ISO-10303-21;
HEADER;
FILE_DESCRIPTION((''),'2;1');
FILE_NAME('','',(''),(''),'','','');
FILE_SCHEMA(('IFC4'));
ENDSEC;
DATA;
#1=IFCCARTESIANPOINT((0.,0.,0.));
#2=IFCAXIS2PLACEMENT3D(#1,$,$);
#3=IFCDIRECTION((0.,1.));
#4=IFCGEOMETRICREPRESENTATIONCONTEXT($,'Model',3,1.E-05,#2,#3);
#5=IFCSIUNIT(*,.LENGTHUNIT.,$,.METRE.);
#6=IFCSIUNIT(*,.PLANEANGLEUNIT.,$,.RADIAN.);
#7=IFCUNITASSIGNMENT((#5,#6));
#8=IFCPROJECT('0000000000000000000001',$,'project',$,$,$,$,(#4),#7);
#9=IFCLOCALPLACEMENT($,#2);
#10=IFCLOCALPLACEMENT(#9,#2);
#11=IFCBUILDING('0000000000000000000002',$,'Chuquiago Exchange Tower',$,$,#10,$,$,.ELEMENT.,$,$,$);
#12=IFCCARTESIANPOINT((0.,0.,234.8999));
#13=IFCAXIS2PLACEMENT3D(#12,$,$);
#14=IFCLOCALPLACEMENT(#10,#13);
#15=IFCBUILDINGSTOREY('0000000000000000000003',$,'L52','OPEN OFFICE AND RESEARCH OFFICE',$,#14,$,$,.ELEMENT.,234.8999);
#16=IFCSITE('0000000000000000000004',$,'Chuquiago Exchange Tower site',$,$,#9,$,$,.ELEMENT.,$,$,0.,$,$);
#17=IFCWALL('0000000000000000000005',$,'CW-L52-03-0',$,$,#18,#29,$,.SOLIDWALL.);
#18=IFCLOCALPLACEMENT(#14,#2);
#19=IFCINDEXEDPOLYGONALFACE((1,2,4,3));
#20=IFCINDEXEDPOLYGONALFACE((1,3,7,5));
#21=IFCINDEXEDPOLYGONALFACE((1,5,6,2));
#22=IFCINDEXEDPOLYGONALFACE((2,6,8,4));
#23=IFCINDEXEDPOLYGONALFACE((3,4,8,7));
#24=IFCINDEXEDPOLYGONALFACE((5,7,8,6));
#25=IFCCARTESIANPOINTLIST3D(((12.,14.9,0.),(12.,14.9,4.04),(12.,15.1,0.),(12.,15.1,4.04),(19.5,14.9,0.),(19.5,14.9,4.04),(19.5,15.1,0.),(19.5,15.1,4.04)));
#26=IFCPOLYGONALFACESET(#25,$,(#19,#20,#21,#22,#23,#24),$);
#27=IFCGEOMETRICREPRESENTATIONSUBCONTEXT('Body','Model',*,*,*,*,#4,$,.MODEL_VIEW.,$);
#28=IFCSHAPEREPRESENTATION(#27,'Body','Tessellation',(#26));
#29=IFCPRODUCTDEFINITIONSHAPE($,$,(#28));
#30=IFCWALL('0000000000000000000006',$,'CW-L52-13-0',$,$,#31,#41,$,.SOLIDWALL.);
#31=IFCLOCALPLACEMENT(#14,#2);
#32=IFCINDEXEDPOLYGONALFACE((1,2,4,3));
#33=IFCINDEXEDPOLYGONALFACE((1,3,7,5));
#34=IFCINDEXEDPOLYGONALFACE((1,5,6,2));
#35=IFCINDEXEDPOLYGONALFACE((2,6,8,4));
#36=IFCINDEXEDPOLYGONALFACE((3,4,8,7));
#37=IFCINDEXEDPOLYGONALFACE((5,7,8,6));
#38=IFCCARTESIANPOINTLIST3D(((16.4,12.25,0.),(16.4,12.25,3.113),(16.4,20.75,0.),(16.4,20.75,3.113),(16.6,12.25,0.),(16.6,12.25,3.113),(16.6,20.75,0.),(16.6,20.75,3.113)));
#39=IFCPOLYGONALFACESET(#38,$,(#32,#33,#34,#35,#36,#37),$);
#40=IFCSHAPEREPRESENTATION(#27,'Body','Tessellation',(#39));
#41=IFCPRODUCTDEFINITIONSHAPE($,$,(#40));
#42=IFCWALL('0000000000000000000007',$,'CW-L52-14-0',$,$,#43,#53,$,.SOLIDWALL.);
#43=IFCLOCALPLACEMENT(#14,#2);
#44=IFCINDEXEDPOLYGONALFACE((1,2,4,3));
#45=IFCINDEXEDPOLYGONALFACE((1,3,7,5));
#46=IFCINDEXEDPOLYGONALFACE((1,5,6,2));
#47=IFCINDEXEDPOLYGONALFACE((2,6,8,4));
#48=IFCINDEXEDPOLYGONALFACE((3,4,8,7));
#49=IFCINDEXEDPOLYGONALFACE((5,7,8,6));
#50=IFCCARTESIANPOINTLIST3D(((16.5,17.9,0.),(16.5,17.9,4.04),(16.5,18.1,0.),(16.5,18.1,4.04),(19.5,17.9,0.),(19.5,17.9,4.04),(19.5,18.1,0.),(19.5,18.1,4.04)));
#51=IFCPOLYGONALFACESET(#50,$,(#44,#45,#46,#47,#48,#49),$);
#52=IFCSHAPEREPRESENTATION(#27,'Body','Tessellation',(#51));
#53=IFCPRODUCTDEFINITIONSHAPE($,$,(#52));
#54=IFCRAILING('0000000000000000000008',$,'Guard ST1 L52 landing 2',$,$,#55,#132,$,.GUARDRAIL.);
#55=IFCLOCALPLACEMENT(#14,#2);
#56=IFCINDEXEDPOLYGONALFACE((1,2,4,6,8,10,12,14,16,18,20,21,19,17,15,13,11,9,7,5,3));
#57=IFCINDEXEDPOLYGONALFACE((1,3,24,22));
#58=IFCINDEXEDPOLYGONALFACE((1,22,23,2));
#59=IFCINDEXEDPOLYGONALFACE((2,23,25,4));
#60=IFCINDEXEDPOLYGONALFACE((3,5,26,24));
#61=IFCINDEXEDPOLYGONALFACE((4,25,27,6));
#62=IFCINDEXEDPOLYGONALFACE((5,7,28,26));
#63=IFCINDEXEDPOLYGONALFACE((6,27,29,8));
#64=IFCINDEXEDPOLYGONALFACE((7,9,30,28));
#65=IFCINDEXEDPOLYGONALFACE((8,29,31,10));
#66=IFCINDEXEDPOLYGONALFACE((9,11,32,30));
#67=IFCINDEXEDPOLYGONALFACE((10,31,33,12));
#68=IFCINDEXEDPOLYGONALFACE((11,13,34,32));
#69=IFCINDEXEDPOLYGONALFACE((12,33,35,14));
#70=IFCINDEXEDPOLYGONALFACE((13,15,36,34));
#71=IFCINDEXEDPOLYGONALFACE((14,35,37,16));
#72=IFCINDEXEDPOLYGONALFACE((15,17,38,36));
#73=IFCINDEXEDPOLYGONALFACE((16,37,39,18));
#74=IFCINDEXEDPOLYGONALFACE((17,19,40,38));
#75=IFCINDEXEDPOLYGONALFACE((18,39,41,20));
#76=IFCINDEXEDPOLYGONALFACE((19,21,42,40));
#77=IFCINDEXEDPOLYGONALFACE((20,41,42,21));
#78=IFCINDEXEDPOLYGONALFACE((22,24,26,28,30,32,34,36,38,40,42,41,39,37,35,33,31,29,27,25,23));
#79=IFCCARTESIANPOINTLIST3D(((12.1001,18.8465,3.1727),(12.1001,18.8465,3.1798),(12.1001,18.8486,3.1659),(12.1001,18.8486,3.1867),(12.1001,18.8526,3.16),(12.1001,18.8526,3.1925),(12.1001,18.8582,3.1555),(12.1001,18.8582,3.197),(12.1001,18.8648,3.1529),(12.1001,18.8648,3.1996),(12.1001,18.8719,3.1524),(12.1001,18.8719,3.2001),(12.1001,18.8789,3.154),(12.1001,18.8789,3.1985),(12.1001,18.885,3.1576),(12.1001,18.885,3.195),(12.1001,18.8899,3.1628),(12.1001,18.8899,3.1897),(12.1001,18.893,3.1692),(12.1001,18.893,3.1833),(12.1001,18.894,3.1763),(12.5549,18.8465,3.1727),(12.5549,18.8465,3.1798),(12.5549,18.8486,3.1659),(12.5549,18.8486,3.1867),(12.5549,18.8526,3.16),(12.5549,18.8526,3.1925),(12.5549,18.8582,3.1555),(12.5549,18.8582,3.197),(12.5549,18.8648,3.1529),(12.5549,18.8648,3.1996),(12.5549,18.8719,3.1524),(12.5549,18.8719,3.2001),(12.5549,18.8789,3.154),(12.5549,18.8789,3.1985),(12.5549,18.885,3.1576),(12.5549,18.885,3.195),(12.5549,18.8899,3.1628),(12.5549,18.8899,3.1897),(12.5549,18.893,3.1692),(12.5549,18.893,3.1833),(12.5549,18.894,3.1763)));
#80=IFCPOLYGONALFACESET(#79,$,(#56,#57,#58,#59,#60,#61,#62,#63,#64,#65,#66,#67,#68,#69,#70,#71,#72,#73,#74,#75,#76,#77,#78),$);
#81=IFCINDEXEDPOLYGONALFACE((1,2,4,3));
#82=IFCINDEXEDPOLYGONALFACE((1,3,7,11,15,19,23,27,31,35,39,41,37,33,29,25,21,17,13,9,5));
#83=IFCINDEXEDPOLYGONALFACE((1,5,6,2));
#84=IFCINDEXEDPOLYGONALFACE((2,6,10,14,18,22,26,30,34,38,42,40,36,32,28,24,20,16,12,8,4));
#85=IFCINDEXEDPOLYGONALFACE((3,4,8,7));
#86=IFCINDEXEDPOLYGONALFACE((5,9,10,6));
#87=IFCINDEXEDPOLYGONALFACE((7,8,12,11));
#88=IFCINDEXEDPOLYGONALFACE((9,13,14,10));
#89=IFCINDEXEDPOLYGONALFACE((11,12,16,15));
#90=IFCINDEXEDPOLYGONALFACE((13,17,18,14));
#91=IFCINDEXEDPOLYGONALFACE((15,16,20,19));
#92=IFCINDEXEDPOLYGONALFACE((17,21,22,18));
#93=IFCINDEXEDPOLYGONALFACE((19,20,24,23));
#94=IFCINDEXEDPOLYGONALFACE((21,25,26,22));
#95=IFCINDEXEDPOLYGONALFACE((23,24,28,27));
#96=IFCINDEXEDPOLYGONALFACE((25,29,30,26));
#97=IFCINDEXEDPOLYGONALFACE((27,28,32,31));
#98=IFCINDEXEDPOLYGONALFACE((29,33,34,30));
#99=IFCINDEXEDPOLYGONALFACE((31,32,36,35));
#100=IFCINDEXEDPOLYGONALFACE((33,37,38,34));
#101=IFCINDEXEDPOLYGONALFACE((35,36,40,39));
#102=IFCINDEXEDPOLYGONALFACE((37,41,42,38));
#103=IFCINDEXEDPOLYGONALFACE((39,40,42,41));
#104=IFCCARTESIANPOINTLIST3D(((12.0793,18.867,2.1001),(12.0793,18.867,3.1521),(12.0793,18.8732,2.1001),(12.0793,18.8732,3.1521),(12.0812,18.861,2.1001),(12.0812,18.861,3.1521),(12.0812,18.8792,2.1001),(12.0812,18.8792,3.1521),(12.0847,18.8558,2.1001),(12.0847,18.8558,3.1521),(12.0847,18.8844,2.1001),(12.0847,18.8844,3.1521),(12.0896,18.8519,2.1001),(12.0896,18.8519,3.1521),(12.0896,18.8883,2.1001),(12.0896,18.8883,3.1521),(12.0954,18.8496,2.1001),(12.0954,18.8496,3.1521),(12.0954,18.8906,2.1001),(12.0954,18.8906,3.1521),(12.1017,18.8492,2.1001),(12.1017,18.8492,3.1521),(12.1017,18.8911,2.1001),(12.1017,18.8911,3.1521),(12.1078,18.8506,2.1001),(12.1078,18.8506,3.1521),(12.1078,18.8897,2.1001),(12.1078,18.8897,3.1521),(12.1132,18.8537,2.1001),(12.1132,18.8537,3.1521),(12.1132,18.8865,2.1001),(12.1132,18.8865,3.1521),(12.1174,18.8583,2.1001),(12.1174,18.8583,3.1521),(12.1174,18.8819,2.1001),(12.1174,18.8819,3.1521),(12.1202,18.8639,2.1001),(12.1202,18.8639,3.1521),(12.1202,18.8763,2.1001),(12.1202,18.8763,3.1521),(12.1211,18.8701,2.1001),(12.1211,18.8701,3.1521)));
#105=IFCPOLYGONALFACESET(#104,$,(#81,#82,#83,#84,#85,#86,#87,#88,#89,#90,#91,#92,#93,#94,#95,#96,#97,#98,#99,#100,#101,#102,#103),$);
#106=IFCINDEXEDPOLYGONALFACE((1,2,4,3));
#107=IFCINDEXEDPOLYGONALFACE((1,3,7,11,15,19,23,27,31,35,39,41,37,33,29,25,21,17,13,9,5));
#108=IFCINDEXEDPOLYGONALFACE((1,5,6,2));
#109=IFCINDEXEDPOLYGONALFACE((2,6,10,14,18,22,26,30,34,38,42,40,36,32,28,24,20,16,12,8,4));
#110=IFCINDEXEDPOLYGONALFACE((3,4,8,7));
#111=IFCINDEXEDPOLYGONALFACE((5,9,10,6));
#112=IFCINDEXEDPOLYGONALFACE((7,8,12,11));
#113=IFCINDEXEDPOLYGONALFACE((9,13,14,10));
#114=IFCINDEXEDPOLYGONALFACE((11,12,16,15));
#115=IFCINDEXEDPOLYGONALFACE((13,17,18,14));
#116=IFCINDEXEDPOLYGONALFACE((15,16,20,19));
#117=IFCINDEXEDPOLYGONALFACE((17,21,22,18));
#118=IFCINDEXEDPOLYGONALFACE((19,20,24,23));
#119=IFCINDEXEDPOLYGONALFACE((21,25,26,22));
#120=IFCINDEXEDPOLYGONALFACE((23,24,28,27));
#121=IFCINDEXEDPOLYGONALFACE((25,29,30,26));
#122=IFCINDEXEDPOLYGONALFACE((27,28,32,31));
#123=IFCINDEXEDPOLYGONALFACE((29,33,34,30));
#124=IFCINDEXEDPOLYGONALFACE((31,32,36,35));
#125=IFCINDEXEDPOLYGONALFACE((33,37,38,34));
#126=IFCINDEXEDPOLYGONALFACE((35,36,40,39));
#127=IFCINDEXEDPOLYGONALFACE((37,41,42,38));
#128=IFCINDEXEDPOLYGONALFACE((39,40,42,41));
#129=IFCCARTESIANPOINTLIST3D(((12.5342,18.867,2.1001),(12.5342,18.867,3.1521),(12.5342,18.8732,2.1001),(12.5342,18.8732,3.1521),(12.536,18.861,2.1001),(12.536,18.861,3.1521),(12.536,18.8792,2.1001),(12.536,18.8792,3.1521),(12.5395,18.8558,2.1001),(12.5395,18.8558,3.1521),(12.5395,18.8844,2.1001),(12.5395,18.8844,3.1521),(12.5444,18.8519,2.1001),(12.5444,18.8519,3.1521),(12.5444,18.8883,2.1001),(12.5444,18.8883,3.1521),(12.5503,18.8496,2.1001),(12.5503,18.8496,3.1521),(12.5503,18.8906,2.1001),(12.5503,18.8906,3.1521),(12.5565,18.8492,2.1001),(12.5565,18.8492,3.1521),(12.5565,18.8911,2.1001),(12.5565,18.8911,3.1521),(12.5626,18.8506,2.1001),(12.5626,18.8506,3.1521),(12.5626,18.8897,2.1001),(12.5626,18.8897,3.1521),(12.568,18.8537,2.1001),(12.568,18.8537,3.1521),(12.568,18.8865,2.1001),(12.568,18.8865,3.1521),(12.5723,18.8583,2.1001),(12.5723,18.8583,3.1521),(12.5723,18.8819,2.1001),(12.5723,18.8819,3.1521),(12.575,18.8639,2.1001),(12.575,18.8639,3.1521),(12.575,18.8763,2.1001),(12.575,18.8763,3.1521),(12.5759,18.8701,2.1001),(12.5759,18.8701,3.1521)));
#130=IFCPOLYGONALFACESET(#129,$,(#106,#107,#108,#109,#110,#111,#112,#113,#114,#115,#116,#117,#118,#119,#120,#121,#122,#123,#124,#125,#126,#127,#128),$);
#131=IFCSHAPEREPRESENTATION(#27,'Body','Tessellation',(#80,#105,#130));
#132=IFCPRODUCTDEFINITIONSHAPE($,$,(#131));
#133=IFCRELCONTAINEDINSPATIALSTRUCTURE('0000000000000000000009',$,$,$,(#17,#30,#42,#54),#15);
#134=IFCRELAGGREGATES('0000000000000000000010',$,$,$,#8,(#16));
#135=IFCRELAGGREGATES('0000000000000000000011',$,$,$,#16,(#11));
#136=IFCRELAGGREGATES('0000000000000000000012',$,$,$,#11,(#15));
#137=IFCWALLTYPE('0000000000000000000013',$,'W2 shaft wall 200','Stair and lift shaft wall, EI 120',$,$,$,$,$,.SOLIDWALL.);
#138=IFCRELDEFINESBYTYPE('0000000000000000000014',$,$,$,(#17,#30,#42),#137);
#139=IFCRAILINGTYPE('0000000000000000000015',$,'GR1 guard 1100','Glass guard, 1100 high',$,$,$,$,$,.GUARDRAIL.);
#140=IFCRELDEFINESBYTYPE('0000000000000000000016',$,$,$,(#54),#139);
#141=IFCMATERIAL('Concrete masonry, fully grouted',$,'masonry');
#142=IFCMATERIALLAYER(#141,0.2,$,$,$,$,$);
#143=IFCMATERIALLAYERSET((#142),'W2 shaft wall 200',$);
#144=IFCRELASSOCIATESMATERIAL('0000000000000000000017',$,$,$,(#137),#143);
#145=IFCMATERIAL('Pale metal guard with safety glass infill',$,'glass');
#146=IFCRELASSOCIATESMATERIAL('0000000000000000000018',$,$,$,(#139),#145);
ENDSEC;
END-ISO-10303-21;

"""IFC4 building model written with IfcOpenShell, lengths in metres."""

from ifc_helpers import new_model, si_unit, direction, frame, frame_2d, origin, origin_2d, place, context, subcontext, project, spatial, rectangle, circle, extrude, material, layer, layer_set, type_object, element, save


model = new_model("IFC4")

# Units and contexts
model_context = context("Model", 3, precision=1e-05, world=origin(), true_north=direction((0.0, 1.0)))
body_context = subcontext(model_context, "Body", "Model", "MODEL_VIEW")
ifc_project = project(units=[si_unit("LENGTHUNIT", "METRE"), si_unit("PLANEANGLEUNIT", "RADIAN")], contexts=[model_context])

# Site, building, storey
site_placement = place(None, origin())
site = spatial("IfcSite", under=ifc_project, at=site_placement, Name="Chuquiago Exchange Tower site", CompositionType="ELEMENT", RefElevation=0.0)
building_placement = place(site_placement, origin())
building = spatial("IfcBuilding", under=site, at=building_placement, Name="Chuquiago Exchange Tower", CompositionType="ELEMENT")
storey_placement = place(building_placement, frame((0.0, 0.0, 234.8999)))
storey = spatial("IfcBuildingStorey", under=building, at=storey_placement, Name="L52", Description="OPEN OFFICE AND RESEARCH OFFICE", CompositionType="ELEMENT", Elevation=234.8999)

# Walls
ifc_material_1 = material(Name="Concrete masonry, fully grouted", Category="masonry")
ifc_layer_1 = layer(ifc_material_1, 0.2)
ifc_layer_set_1 = layer_set([ifc_layer_1], Name="W2 shaft wall 200")
wall_type_1 = type_object("IfcWallType", Name="W2 shaft wall 200", Description="Stair and lift shaft wall, EI 120", PredefinedType="SOLIDWALL", material=ifc_layer_set_1)
wall_1_placement = place(storey_placement, frame((12.0, 15.0, 0.0), z_axis=(0.0, 0.0, 1.0), x_axis=(1.0, 0.0, 0.0)))
element("IfcWall", 1, at=wall_1_placement, inside=storey, type_object=wall_type_1, Name="CW-L52-03-0", PredefinedType="SOLIDWALL", context=body_context, shape_type="SweptSolid", body=[
    extrude(rectangle(XDim=7.5, YDim=0.2, at=frame_2d((3.75, 0.0))), origin(), (0.0, 0.0, 1.0), 4.04),
])
wall_2_placement = place(storey_placement, frame((16.5, 12.25, 0.0), z_axis=(0.0, 0.0, 1.0), x_axis=(0.0, 1.0, 0.0)))
element("IfcWall", 2, at=wall_2_placement, inside=storey, type_object=wall_type_1, Name="CW-L52-13-0", PredefinedType="SOLIDWALL", context=body_context, shape_type="SweptSolid", body=[
    extrude(rectangle(XDim=8.5, YDim=0.2, at=frame_2d((4.25, 0.0))), origin(), (0.0, 0.0, 1.0), 3.113),
])
wall_3_placement = place(storey_placement, frame((16.5, 18.0, 0.0), z_axis=(0.0, 0.0, 1.0), x_axis=(1.0, 0.0, 0.0)))
element("IfcWall", 3, at=wall_3_placement, inside=storey, type_object=wall_type_1, Name="CW-L52-14-0", PredefinedType="SOLIDWALL", context=body_context, shape_type="SweptSolid", body=[
    extrude(rectangle(XDim=3.0, YDim=0.2, at=frame_2d((1.5, 0.0))), origin(), (0.0, 0.0, 1.0), 4.04),
])

# Railing
ifc_material_2 = material(Name="Pale metal guard with safety glass infill", Category="glass")
railing_type = type_object("IfcRailingType", Name="GR1 guard 1100", Description="Glass guard, 1100 high", PredefinedType="GUARDRAIL", material=ifc_material_2)
railing_placement = place(storey_placement, frame((12.1001, 18.8701, 2.1001)))
element("IfcRailing", 4, at=railing_placement, inside=storey, type_object=railing_type, Name="Guard ST1 L52 landing 2", PredefinedType="GUARDRAIL", context=body_context, shape_type="SweptSolid", body=[
    extrude(circle(Radius=0.0239, at=origin_2d()), frame((0.0, 0.0, 1.0762), z_axis=(1.0, 0.0, 0.0), x_axis=(0.0, 1.0, 0.0)), (0.0, 0.0, 1.0), 0.4548),
    extrude(circle(Radius=0.021, at=origin_2d()), origin(), (0.0, 0.0, 1.0), 1.052),
    extrude(circle(Radius=0.021, at=origin_2d()), frame((0.4548, 0.0, 0.0)), (0.0, 0.0, 1.0), 1.052),
])

save(model, "model.ifc")
